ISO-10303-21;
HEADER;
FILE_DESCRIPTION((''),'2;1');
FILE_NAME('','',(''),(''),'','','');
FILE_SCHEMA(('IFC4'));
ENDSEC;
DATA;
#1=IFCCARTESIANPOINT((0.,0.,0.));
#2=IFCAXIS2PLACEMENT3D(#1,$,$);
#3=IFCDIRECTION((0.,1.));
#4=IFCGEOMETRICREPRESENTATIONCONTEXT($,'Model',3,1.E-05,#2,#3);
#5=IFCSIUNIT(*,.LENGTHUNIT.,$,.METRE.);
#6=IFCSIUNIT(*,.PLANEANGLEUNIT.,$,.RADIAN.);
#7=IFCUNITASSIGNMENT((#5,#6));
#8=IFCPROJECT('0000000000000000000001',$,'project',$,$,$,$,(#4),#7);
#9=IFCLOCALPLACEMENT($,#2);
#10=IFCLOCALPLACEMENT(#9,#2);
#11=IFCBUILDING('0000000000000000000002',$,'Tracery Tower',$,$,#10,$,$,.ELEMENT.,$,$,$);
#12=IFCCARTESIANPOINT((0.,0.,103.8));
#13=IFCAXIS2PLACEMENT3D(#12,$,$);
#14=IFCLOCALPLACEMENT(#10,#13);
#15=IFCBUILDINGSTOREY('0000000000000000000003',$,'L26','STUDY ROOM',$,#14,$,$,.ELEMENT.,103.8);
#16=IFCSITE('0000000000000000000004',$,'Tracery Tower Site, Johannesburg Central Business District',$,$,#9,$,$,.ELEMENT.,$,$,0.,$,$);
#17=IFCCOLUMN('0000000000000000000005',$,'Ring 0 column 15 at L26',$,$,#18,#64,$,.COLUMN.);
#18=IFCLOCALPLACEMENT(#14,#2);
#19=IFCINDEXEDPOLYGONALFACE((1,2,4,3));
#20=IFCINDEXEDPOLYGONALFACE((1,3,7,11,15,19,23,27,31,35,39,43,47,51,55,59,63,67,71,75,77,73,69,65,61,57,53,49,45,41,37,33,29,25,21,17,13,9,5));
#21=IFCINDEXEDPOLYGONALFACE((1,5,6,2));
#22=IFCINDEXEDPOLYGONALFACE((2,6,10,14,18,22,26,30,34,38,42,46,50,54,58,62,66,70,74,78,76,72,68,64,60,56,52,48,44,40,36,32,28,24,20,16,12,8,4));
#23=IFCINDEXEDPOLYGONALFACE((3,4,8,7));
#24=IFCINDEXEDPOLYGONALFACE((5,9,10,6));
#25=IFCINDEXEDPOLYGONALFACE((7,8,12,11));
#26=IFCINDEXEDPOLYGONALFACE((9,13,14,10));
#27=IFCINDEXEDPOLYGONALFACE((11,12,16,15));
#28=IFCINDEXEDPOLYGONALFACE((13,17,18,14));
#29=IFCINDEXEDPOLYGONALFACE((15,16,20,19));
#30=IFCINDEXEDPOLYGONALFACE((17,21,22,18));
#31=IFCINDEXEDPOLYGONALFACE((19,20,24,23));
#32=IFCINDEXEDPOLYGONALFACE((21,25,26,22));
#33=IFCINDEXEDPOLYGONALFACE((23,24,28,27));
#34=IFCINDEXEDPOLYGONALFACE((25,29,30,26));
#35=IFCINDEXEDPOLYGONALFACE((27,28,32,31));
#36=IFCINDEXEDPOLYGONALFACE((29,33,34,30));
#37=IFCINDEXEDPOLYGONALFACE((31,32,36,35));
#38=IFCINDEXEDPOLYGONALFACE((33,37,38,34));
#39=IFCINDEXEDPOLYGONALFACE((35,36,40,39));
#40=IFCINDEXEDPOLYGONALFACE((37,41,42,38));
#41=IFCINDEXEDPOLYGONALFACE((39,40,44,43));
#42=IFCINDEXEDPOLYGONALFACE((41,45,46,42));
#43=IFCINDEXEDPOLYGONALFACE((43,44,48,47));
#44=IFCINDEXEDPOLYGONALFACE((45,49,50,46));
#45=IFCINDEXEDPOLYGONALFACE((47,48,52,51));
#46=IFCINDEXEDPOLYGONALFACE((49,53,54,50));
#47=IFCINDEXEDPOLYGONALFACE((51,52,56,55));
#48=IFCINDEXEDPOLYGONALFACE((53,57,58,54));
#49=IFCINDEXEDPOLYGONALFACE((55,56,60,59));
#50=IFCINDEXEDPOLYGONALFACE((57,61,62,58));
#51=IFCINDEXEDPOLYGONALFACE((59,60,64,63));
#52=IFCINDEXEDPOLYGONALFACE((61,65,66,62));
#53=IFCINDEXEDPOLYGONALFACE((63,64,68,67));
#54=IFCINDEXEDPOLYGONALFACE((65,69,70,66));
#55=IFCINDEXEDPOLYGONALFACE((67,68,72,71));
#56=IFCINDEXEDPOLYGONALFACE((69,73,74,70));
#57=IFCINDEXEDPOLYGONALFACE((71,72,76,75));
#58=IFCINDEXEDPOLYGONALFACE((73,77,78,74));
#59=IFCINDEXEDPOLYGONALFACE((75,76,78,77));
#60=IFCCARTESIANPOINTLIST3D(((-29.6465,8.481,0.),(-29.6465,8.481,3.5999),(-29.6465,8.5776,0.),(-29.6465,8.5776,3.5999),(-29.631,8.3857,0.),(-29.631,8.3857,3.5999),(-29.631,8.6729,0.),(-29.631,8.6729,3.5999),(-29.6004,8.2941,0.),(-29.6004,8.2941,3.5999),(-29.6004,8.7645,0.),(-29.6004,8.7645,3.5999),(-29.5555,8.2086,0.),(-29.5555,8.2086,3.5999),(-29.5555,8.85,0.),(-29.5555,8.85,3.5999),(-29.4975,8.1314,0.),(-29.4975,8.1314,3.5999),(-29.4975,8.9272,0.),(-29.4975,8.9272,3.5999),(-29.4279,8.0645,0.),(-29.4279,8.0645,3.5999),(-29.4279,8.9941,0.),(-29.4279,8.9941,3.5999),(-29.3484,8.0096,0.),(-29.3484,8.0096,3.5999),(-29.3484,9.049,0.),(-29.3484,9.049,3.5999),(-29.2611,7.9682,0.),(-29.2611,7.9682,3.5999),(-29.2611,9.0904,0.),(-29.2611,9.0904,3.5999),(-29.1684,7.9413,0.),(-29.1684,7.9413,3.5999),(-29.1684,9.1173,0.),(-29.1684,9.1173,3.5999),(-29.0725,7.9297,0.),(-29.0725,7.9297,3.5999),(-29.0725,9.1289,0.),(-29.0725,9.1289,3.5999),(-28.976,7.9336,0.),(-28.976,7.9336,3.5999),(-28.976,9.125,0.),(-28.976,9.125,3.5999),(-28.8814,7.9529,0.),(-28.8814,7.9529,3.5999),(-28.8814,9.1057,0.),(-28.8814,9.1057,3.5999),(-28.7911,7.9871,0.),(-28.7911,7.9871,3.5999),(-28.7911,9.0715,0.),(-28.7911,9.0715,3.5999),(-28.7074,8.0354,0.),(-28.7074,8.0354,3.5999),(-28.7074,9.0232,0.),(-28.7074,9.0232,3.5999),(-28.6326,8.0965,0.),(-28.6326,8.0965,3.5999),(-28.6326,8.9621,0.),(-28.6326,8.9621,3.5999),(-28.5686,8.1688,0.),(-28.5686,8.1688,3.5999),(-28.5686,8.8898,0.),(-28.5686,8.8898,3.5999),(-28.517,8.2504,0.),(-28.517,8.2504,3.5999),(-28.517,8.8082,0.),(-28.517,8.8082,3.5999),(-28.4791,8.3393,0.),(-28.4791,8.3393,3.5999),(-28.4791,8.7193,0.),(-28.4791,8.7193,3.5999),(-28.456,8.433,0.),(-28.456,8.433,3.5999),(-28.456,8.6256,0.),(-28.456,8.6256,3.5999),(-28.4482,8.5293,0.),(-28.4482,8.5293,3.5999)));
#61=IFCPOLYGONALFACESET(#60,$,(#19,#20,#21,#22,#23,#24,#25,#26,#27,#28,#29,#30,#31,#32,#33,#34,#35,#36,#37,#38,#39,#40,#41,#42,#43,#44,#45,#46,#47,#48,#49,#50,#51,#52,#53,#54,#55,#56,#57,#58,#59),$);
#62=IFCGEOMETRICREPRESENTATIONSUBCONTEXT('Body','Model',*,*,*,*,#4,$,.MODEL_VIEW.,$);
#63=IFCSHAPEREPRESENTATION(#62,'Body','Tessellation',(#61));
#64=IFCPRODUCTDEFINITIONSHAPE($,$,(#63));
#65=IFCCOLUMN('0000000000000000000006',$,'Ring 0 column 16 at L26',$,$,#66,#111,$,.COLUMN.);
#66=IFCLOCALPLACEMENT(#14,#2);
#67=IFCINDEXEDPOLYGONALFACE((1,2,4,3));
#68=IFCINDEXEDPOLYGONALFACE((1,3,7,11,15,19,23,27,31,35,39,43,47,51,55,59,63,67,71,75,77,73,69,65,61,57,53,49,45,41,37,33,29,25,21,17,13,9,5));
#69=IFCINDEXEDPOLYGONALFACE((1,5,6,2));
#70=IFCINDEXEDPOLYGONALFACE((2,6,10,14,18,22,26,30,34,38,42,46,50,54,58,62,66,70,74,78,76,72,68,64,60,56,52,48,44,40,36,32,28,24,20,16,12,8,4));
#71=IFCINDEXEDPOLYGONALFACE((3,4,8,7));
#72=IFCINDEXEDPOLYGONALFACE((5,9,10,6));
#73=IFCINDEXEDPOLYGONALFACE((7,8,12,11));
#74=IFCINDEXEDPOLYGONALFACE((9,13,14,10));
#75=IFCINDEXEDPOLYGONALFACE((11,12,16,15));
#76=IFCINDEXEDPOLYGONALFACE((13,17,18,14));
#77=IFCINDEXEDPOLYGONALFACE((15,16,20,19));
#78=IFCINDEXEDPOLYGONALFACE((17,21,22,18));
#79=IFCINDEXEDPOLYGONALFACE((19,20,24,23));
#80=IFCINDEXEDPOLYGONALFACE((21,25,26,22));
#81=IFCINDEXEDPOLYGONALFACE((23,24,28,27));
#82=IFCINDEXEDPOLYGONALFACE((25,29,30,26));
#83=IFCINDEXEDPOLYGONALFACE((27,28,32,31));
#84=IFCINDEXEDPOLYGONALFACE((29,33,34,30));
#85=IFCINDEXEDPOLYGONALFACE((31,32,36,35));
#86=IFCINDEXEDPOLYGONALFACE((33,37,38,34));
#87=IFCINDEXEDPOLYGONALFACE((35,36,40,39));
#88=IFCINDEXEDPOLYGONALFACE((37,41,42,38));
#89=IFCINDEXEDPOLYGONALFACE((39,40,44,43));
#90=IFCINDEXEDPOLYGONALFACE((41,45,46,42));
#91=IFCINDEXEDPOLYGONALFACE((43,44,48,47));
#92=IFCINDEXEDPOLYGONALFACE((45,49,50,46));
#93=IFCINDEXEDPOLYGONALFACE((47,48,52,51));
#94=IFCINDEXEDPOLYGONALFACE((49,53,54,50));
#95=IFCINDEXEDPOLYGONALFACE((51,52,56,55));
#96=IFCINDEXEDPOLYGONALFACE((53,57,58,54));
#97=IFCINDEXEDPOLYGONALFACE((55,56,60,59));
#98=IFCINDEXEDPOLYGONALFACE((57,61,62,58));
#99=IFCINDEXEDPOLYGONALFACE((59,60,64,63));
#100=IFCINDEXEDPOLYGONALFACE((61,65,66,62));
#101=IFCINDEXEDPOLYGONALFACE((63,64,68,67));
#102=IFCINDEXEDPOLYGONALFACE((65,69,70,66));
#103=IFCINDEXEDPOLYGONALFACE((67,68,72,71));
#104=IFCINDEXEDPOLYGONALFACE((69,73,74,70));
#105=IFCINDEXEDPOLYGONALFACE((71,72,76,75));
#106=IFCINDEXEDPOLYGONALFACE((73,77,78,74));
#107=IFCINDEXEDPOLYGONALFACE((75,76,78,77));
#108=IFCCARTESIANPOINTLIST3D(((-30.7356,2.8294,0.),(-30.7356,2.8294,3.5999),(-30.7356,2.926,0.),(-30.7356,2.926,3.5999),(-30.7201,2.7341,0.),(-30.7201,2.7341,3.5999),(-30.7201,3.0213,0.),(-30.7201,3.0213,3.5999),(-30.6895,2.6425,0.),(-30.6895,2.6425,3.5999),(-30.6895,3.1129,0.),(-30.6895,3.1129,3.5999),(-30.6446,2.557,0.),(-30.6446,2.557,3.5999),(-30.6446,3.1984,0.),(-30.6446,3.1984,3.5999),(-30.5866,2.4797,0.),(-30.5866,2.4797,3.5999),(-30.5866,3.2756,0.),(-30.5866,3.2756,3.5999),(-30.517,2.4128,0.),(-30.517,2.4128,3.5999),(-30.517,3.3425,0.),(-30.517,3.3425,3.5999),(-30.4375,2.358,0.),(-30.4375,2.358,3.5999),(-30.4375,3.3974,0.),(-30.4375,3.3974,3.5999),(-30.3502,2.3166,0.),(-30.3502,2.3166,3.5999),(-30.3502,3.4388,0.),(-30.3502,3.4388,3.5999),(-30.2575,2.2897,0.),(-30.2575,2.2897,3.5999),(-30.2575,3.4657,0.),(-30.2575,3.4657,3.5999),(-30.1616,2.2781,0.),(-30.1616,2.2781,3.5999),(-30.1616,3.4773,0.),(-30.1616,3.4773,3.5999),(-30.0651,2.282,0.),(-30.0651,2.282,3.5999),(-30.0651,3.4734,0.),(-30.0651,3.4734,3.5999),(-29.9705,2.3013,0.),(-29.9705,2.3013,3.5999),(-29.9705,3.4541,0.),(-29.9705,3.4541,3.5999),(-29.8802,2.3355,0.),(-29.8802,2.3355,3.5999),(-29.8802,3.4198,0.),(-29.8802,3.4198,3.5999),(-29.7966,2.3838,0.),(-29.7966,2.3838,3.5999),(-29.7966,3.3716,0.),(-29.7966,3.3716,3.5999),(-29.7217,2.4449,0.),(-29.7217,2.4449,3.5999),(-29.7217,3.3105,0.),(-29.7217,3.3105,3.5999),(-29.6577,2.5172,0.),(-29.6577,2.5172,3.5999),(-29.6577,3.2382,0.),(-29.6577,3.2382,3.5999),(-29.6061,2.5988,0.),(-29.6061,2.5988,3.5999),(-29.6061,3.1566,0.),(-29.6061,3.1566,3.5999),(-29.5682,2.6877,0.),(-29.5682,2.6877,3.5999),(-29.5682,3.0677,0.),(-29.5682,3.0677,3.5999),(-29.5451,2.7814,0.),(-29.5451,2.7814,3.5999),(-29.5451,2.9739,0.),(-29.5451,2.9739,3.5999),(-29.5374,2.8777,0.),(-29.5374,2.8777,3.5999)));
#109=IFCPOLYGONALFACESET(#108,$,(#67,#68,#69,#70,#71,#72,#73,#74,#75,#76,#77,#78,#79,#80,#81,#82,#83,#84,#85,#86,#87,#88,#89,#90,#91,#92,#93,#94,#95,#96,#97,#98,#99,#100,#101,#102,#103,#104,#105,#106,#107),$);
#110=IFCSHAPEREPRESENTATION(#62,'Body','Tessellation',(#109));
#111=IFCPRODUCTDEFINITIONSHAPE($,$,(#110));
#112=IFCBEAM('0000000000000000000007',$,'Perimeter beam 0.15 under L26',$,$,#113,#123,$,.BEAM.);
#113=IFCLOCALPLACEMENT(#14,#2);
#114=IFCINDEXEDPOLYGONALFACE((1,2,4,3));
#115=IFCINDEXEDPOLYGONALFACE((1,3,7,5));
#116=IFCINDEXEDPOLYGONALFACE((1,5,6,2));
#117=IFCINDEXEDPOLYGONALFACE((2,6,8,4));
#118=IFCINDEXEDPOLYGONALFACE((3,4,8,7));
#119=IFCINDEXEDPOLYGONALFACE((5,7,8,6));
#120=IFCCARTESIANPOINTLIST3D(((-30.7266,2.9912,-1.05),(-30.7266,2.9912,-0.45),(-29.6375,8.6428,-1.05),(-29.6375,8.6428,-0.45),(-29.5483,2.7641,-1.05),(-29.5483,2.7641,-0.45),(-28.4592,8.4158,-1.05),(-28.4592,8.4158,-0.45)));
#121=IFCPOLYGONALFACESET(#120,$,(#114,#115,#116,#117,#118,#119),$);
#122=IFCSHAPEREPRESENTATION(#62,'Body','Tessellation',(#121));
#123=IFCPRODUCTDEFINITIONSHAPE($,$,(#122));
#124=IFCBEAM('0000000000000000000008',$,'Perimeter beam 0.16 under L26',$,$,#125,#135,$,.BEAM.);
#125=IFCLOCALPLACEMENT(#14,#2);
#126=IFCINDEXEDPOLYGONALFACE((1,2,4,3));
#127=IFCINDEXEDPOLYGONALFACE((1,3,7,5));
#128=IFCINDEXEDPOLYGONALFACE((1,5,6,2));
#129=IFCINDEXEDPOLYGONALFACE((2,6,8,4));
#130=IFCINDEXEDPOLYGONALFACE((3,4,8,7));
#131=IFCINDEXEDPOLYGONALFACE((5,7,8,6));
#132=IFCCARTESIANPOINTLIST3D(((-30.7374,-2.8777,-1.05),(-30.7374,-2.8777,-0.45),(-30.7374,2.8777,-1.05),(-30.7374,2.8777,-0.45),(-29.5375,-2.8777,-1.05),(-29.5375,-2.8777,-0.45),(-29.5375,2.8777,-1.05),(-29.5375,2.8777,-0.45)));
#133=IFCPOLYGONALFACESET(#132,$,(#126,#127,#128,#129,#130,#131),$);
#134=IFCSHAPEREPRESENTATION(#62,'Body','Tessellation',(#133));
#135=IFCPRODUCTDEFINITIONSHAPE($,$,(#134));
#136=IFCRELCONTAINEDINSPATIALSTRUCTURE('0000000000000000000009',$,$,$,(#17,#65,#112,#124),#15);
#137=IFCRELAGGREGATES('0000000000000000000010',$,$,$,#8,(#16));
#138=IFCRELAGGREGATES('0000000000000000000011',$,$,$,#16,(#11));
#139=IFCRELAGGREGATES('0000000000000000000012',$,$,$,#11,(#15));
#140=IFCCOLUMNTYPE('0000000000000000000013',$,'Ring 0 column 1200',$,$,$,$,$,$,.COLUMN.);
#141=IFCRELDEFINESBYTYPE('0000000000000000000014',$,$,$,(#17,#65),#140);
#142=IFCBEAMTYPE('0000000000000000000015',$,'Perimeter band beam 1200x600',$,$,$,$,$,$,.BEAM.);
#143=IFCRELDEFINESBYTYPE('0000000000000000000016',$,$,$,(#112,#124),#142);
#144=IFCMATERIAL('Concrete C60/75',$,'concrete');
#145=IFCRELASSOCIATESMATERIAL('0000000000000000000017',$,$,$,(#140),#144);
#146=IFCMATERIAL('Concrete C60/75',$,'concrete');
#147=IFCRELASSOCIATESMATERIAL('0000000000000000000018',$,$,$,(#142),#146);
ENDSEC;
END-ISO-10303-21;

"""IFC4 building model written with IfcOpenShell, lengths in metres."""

from ifc_helpers import new_model, si_unit, direction, frame, origin, origin_2d, place, context, subcontext, project, spatial, rectangle, circle, extrude, material, material_profile, profile_set, type_object, element, save


model = new_model("IFC4")

# Units and contexts
model_context = context("Model", 3, precision=1e-05, world=origin(), true_north=direction((0.0, 1.0)))
body_context = subcontext(model_context, "Body", "Model", "MODEL_VIEW")
ifc_project = project(units=[si_unit("LENGTHUNIT", "METRE"), si_unit("PLANEANGLEUNIT", "RADIAN")], contexts=[model_context])

# Site, building, storey
site_placement = place(None, origin())
site = spatial("IfcSite", under=ifc_project, at=site_placement, Name="Tracery Tower Site, Johannesburg Central Business District", CompositionType="ELEMENT", RefElevation=0.0)
building_placement = place(site_placement, origin())
building = spatial("IfcBuilding", under=site, at=building_placement, Name="Tracery Tower", CompositionType="ELEMENT")
storey_placement = place(building_placement, frame((0.0, 0.0, 103.8)))
storey = spatial("IfcBuildingStorey", under=building, at=storey_placement, Name="L26", Description="STUDY ROOM", CompositionType="ELEMENT", Elevation=103.8)

# Columns
ifc_material_1 = material(Name="Concrete C60/75", Category="concrete")
ifc_material_profile_1 = material_profile(ifc_material_1, circle(Radius=0.6001, at=origin_2d()), Name="RC D1200")
ifc_profile_set_1 = profile_set([ifc_material_profile_1], Name="Concrete C60/75")
column_type = type_object("IfcColumnType", Name="Ring 0 column 1200", PredefinedType="COLUMN", material=ifc_profile_set_1)
for number, where, z_axis, x_axis, name in (
    (1, (-29.0483, 8.5293, 0.0), (0.0, 0.0, 1.0), (1.0, 0.0, 0.0), "Ring 0 column 15 at L26"),
    (2, (-30.1375, 2.8777, 0.0), (0.0, 0.0, 1.0), (1.0, 0.0, 0.0), "Ring 0 column 16 at L26"),
):
    element("IfcColumn", number, at=place(storey_placement, frame(where, z_axis=z_axis, x_axis=x_axis)), inside=storey, type_object=column_type, Name=name, PredefinedType="COLUMN", context=body_context, shape_type="SweptSolid", body=[
        extrude(circle(Radius=0.6001, at=origin_2d()), origin(), (0.0, 0.0, 1.0), 3.5999),
    ])

# Beams
ifc_material_2 = material(Name="Concrete C60/75", Category="concrete")
ifc_material_profile_2 = material_profile(ifc_material_2, rectangle(XDim=1.2, YDim=0.6001, at=origin_2d()), Name="RC 1200x600")
ifc_profile_set_2 = profile_set([ifc_material_profile_2], Name="Concrete C60/75")
beam_type = type_object("IfcBeamType", Name="Perimeter band beam 1200x600", PredefinedType="BEAM", material=ifc_profile_set_2)
beam_1_placement = place(storey_placement, frame((-29.0483, 8.5293, -0.75), z_axis=(-0.189227, -0.981933, 0.0), x_axis=(0.981933, -0.189227, 0.0)))
element("IfcBeam", 3, at=beam_1_placement, inside=storey, type_object=beam_type, Name="Perimeter beam 0.15 under L26", PredefinedType="BEAM", context=body_context, shape_type="SweptSolid", body=[
    extrude(rectangle(XDim=1.2, YDim=0.6001, at=origin_2d()), origin(), (0.0, 0.0, 1.0), 5.7556),
])
beam_2_placement = place(storey_placement, frame((-30.1375, 2.8777, -0.75), z_axis=(0.0, -1.0, 0.0), x_axis=(1.0, 0.0, 0.0)))
element("IfcBeam", 4, at=beam_2_placement, inside=storey, type_object=beam_type, Name="Perimeter beam 0.16 under L26", PredefinedType="BEAM", context=body_context, shape_type="SweptSolid", body=[
    extrude(rectangle(XDim=1.2, YDim=0.6001, at=origin_2d()), origin(), (0.0, 0.0, 1.0), 5.7554),
])

save(model, "model.ifc")
